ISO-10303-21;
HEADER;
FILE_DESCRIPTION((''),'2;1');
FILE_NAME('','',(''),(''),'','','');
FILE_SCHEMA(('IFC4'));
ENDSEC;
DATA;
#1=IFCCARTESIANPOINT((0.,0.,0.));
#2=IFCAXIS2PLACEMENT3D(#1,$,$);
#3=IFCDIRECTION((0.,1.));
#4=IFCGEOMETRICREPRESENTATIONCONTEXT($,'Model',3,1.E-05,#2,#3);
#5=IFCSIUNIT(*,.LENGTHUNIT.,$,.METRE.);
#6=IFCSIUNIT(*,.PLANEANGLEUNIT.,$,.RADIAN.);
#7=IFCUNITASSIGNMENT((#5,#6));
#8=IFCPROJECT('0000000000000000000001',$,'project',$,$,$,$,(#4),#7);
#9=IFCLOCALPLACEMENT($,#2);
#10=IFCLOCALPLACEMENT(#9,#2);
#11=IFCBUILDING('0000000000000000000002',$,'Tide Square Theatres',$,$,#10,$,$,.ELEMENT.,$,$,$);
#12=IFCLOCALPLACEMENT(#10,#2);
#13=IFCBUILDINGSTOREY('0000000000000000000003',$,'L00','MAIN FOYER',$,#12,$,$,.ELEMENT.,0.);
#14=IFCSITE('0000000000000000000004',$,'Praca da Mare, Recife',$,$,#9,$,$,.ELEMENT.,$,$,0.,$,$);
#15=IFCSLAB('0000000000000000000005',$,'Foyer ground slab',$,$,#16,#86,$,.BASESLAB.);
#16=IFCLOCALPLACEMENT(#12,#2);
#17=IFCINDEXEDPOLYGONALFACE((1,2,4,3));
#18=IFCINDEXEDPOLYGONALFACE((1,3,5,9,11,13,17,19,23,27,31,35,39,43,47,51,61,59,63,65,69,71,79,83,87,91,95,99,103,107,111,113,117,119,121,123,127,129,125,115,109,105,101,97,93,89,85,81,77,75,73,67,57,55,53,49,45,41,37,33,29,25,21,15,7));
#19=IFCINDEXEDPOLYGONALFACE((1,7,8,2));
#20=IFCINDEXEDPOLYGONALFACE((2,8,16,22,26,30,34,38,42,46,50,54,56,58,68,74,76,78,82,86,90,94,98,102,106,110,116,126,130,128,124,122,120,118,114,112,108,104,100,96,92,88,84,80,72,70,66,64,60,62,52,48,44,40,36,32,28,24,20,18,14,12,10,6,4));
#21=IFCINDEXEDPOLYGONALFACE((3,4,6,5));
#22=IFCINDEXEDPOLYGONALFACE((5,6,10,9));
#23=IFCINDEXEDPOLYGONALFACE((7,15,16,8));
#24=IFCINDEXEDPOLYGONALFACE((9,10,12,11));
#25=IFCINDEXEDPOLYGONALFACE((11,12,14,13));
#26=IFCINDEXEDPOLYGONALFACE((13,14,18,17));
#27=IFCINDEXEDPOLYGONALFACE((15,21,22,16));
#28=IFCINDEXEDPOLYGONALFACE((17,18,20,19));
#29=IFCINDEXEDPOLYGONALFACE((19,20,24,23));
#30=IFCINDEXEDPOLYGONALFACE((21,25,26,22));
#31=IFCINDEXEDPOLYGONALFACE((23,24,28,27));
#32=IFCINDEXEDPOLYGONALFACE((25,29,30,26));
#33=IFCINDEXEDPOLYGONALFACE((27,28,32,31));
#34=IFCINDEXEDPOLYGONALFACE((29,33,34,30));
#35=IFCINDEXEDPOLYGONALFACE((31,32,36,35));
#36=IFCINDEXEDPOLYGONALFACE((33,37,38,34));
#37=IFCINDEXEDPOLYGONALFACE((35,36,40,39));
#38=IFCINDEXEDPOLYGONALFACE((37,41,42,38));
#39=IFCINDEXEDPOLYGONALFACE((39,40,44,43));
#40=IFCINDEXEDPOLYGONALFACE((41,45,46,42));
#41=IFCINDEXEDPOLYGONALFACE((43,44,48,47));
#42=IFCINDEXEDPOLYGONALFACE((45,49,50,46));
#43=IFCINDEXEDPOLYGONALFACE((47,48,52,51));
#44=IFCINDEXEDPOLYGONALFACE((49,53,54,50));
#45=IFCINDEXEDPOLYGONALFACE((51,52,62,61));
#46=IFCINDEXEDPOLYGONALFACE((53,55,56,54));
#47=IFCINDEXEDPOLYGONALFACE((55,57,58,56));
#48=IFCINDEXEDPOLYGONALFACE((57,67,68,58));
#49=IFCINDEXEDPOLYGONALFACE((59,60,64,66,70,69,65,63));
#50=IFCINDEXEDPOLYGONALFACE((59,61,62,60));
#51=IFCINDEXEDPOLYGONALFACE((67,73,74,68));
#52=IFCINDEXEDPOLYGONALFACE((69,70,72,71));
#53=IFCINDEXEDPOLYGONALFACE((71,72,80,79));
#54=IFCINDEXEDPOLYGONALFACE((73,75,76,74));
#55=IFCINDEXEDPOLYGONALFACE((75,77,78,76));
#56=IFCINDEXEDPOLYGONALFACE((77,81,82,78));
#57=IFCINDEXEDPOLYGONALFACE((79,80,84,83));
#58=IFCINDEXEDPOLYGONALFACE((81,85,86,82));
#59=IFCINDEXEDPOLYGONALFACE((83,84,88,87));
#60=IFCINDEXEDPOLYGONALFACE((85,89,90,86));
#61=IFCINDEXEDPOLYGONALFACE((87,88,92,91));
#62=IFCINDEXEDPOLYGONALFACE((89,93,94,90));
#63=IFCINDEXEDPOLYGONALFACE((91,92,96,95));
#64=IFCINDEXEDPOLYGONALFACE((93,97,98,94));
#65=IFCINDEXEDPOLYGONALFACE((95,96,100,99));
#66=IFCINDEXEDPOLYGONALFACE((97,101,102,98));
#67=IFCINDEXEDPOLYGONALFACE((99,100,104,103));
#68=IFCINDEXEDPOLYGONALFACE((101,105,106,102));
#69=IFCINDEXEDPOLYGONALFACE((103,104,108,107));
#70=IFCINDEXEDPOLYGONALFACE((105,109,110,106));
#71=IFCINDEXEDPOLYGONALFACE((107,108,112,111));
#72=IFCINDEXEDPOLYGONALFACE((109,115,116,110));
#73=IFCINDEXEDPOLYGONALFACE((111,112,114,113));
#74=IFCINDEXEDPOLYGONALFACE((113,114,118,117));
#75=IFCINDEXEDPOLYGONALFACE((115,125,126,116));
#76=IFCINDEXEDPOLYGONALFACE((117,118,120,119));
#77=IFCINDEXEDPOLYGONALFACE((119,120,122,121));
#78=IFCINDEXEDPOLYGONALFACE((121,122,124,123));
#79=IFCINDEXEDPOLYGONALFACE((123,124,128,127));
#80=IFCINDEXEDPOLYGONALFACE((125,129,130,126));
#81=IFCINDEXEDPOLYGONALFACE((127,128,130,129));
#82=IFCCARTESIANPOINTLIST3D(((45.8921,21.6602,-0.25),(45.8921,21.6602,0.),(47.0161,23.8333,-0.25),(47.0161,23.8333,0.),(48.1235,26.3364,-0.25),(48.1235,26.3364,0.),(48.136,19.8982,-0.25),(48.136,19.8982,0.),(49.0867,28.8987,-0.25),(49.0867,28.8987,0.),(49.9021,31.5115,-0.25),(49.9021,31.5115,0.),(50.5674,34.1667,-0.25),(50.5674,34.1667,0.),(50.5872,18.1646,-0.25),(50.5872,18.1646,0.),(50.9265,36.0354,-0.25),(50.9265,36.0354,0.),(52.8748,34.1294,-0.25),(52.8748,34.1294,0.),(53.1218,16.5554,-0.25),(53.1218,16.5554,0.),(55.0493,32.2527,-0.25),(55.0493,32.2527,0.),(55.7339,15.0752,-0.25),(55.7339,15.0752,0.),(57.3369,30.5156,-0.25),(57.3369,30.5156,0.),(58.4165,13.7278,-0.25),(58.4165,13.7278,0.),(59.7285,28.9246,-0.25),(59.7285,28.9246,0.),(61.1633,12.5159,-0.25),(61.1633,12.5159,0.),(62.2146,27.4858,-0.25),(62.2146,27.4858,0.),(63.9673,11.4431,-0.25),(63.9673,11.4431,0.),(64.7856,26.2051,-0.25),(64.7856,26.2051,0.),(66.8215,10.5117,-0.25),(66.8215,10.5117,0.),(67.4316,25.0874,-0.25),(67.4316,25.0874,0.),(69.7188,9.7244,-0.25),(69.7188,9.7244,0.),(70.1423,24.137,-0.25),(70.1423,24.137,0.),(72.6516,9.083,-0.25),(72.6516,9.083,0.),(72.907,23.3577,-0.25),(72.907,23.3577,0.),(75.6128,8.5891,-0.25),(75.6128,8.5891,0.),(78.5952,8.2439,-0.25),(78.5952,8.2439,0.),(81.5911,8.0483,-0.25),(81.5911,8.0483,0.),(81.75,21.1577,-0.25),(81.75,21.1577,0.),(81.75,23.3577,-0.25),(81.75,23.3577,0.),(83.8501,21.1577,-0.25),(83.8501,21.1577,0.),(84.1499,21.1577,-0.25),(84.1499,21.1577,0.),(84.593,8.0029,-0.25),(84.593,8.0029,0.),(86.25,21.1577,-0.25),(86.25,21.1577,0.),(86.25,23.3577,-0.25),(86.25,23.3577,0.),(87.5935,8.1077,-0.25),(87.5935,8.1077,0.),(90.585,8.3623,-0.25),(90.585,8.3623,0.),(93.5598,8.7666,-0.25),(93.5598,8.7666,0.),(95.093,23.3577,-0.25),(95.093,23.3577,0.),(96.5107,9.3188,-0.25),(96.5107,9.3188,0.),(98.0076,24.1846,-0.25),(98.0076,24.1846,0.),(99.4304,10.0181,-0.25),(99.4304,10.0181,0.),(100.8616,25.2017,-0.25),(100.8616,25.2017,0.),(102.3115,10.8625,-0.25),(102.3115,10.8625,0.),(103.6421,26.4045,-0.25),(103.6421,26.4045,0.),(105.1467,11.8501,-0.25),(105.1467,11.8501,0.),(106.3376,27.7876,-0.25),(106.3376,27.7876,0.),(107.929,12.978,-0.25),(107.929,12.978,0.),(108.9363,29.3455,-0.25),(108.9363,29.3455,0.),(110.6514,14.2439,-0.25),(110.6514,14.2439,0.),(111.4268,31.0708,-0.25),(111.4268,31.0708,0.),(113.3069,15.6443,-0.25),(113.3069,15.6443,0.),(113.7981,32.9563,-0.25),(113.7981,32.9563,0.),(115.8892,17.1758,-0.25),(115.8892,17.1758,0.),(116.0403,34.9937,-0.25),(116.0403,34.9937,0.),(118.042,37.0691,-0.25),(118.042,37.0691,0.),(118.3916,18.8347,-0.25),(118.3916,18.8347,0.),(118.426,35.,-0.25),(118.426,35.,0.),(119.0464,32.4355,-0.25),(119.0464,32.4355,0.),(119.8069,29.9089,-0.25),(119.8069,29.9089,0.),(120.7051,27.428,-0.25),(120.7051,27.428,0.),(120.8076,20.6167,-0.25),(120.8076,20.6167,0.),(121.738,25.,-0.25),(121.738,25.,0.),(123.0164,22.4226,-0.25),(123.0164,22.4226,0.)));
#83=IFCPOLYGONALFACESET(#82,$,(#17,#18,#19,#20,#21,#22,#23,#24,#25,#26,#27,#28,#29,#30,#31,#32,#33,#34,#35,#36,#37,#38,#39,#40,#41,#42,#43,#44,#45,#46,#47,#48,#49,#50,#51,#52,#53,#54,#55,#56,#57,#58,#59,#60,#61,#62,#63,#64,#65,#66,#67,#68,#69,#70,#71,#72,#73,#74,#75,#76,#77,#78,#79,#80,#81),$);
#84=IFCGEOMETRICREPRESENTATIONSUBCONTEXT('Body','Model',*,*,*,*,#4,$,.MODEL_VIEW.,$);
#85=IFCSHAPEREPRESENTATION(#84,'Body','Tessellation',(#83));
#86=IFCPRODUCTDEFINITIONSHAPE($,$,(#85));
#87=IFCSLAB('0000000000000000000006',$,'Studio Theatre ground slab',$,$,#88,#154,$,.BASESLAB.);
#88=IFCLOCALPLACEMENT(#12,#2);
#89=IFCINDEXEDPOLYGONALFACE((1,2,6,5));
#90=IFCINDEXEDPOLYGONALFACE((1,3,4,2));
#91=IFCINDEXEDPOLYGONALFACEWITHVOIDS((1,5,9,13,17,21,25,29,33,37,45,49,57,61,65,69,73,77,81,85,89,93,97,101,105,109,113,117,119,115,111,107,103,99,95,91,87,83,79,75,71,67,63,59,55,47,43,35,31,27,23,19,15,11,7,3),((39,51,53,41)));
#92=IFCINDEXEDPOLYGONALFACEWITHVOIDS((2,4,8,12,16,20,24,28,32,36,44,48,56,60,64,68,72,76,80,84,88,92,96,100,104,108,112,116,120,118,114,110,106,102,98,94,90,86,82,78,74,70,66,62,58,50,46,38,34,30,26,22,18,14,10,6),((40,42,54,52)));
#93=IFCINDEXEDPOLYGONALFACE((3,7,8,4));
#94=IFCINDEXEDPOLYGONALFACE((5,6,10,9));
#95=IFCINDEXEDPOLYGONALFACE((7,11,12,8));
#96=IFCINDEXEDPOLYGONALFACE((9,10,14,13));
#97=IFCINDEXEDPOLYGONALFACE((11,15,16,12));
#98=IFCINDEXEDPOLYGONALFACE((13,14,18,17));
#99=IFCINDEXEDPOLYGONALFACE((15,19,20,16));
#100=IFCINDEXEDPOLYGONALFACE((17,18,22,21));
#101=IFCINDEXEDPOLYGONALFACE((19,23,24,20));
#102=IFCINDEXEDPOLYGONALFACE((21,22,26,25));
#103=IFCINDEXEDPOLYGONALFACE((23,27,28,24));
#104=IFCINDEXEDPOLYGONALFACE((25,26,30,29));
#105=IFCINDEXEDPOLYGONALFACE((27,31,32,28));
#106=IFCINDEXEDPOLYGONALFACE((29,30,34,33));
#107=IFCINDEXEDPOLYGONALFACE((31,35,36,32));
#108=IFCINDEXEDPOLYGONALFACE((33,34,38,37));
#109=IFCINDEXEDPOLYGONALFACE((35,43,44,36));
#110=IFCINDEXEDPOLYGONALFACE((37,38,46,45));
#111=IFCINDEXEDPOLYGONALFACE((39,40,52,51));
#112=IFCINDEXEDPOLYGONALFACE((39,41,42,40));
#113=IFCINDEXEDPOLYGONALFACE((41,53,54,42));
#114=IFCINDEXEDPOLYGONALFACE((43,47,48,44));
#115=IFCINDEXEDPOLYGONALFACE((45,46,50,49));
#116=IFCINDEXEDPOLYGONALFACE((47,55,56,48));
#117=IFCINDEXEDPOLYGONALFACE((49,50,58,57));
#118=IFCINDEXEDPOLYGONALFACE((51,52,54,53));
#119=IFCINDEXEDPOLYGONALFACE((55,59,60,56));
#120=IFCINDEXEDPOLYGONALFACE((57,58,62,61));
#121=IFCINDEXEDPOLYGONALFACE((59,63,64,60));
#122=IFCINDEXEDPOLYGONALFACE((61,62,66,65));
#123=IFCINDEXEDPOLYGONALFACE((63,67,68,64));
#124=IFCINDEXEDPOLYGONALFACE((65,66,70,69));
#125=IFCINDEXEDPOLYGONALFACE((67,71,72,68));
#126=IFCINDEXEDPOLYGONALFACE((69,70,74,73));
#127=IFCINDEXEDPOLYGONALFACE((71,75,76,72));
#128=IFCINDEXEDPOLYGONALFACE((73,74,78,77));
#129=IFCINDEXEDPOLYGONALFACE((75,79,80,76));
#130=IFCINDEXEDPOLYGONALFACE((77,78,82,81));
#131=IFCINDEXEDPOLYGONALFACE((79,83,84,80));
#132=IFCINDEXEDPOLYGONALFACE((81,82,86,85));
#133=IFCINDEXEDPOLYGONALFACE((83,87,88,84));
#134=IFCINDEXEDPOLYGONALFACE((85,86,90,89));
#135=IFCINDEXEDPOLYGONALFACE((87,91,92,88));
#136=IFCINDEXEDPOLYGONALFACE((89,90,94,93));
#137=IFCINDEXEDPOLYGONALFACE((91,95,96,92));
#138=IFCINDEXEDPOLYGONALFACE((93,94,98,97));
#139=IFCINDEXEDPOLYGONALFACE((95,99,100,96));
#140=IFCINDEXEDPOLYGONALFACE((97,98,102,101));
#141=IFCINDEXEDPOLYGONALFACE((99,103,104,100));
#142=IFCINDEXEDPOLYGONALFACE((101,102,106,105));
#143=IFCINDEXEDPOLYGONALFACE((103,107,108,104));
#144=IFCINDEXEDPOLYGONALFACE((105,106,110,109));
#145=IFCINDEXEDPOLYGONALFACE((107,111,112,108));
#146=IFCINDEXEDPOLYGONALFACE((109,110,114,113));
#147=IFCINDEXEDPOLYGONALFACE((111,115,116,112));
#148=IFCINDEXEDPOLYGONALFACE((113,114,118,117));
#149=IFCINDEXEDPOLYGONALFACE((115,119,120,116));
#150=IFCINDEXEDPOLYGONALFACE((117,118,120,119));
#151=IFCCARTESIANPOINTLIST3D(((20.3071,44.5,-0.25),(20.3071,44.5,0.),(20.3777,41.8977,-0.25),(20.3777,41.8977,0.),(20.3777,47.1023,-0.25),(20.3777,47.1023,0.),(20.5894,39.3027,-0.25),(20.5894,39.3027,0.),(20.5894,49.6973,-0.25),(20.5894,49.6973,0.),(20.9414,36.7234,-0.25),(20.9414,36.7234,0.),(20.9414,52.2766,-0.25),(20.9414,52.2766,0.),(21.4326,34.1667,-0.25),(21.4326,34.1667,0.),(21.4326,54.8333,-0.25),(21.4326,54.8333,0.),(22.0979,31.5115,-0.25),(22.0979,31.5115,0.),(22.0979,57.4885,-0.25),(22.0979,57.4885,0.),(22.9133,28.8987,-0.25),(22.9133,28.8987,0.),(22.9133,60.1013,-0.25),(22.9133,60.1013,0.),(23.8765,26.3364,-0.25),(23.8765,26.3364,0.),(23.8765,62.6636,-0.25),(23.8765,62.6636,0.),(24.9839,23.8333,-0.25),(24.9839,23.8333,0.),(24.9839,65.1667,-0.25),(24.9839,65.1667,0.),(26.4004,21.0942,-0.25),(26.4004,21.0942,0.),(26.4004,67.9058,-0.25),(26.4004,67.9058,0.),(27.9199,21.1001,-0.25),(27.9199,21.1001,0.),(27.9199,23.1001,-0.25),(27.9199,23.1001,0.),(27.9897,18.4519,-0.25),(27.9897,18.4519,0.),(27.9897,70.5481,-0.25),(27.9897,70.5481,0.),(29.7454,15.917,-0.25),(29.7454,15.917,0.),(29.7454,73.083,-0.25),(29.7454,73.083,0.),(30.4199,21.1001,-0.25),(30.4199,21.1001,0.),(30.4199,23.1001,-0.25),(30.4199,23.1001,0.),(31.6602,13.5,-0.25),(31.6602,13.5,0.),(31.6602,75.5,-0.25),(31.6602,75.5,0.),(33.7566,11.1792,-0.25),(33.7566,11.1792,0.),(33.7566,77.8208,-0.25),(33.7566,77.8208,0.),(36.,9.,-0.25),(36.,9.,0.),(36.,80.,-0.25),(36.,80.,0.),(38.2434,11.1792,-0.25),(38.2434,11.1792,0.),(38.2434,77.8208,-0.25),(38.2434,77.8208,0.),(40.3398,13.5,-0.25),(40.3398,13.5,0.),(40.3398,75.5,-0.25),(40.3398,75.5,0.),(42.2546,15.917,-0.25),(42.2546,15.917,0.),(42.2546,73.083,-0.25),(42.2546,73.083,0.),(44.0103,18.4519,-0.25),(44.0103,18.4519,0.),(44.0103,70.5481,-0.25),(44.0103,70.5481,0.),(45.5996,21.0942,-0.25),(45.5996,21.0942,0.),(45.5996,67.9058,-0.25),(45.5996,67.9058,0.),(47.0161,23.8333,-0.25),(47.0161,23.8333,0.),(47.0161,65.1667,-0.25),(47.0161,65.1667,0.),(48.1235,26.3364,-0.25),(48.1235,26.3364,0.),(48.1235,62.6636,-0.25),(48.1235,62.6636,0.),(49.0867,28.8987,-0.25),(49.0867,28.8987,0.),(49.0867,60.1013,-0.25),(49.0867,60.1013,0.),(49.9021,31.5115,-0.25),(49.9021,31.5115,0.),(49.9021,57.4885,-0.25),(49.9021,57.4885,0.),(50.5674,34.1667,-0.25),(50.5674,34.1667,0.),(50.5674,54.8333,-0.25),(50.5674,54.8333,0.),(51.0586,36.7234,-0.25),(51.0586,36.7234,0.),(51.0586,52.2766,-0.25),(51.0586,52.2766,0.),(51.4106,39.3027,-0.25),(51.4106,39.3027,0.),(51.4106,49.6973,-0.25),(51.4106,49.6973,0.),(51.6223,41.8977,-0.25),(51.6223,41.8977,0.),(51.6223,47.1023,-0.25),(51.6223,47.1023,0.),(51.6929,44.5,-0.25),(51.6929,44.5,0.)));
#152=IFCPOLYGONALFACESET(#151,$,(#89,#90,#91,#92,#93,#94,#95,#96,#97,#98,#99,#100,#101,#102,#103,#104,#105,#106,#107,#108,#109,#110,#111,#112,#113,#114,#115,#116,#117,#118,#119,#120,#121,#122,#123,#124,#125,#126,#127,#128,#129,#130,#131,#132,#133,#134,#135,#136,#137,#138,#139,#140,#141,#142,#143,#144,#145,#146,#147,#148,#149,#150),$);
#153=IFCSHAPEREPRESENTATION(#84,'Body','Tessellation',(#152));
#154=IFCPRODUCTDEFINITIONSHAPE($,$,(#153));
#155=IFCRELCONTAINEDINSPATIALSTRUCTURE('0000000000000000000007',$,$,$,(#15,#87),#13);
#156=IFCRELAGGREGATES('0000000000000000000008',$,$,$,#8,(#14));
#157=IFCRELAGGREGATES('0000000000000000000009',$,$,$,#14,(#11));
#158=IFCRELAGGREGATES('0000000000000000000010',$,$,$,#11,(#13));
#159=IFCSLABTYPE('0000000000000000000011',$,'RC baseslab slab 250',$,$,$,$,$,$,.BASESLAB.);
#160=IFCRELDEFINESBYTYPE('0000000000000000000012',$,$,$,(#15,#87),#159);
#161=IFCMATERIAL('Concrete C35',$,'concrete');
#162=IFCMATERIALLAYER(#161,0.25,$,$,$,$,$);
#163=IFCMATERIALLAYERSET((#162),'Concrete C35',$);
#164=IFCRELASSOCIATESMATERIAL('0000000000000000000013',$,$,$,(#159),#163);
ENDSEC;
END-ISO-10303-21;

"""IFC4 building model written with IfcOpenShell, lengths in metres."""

from ifc_helpers import new_model, si_unit, direction, frame, origin, place, context, subcontext, project, spatial, polyline, outline, extrude, material, layer, layer_set, type_object, element, save


model = new_model("IFC4")

# Units and contexts
model_context = context("Model", 3, precision=1e-05, world=origin(), true_north=direction((0.0, 1.0)))
body_context = subcontext(model_context, "Body", "Model", "MODEL_VIEW")
ifc_project = project(units=[si_unit("LENGTHUNIT", "METRE"), si_unit("PLANEANGLEUNIT", "RADIAN")], contexts=[model_context])

# Site, building, storey
site_placement = place(None, origin())
site = spatial("IfcSite", under=ifc_project, at=site_placement, Name="Praca da Mare, Recife", CompositionType="ELEMENT", RefElevation=0.0)
building_placement = place(site_placement, origin())
building = spatial("IfcBuilding", under=site, at=building_placement, Name="Tide Square Theatres", CompositionType="ELEMENT")
storey_placement = place(building_placement, origin())
storey = spatial("IfcBuildingStorey", under=building, at=storey_placement, Name="L00", Description="MAIN FOYER", CompositionType="ELEMENT", Elevation=0.0)

# Slabs
ifc_material_1 = material(Name="Concrete C35", Category="concrete")
ifc_layer_1 = layer(ifc_material_1, 0.25)
ifc_layer_set_1 = layer_set([ifc_layer_1], Name="Concrete C35")
slab_type_1 = type_object("IfcSlabType", Name="RC baseslab slab 250", PredefinedType="BASESLAB", material=ifc_layer_set_1)
slab_1_placement = place(storey_placement, frame((0.0, 0.0, -0.25)))
element("IfcSlab", 1, at=slab_1_placement, inside=storey, type_object=slab_type_1, Name="Foyer ground slab", PredefinedType="BASESLAB", context=body_context, shape_type="SweptSolid", body=[
    extrude(outline(polyline([(50.9265, 36.0354), (50.5674, 34.1667), (49.9021, 31.5115), (49.0867, 28.8987), (48.1235, 26.3364), (47.0161, 23.8333), (45.8921, 21.6602), (48.136, 19.8982), (50.5872, 18.1646), (53.1218, 16.5554), (55.7339, 15.0752), (58.4165, 13.7278), (61.1633, 12.5159), (63.9673, 11.4431), (66.8215, 10.5117), (69.7188, 9.7244), (72.6516, 9.083), (75.6128, 8.5891), (78.5952, 8.2439), (81.5911, 8.0483), (84.593, 8.0029), (87.5935, 8.1077), (90.585, 8.3623), (93.5598, 8.7666), (96.5107, 9.3188), (99.4304, 10.0181), (102.3115, 10.8625), (105.1467, 11.8501), (107.929, 12.978), (110.6514, 14.2439), (113.3069, 15.6443), (115.8892, 17.1758), (118.3916, 18.8347), (120.8076, 20.6167), (123.0164, 22.4226), (121.738, 25.0), (120.7051, 27.428), (119.8069, 29.9089), (119.0464, 32.4355), (118.426, 35.0), (118.042, 37.0691), (116.0403, 34.9937), (113.7981, 32.9563), (111.4268, 31.0708), (108.9363, 29.3455), (106.3376, 27.7876), (103.6421, 26.4045), (100.8616, 25.2017), (98.0076, 24.1846), (95.093, 23.3577), (86.25, 23.3577), (86.25, 21.1577), (84.1499, 21.1577), (83.8501, 21.1577), (81.75, 21.1577), (81.75, 23.3577), (72.907, 23.3577), (70.1423, 24.137), (67.4316, 25.0874), (64.7856, 26.2051), (62.2146, 27.4858), (59.7285, 28.9246), (57.3369, 30.5156), (55.0493, 32.2527), (52.8748, 34.1294), (50.9265, 36.0354)])), origin(), (0.0, 0.0, 1.0), 0.25),
])
slab_2_placement = place(storey_placement, frame((0.0, 0.0, -0.25)))
element("IfcSlab", 2, at=slab_2_placement, inside=storey, type_object=slab_type_1, Name="Studio Theatre ground slab", PredefinedType="BASESLAB", context=body_context, shape_type="SweptSolid", body=[
    extrude(outline(polyline([(36.0, 9.0), (38.2434, 11.1792), (40.3398, 13.5), (42.2546, 15.917), (44.0103, 18.4519), (45.5996, 21.0942), (47.0161, 23.8333), (48.1235, 26.3364), (49.0867, 28.8987), (49.9021, 31.5115), (50.5674, 34.1667), (51.0586, 36.7234), (51.4106, 39.3027), (51.6223, 41.8977), (51.6929, 44.5), (51.6223, 47.1023), (51.4106, 49.6973), (51.0586, 52.2766), (50.5674, 54.8333), (49.9021, 57.4885), (49.0867, 60.1013), (48.1235, 62.6636), (47.0161, 65.1667), (45.5996, 67.9058), (44.0103, 70.5481), (42.2546, 73.083), (40.3398, 75.5), (38.2434, 77.8208), (36.0, 80.0), (33.7566, 77.8208), (31.6602, 75.5), (29.7454, 73.083), (27.9897, 70.5481), (26.4004, 67.9058), (24.9839, 65.1667), (23.8765, 62.6636), (22.9133, 60.1013), (22.0979, 57.4885), (21.4326, 54.8333), (20.9414, 52.2766), (20.5894, 49.6973), (20.3777, 47.1023), (20.3071, 44.5), (20.3777, 41.8977), (20.5894, 39.3027), (20.9414, 36.7234), (21.4326, 34.1667), (22.0979, 31.5115), (22.9133, 28.8987), (23.8765, 26.3364), (24.9839, 23.8333), (26.4004, 21.0942), (27.9897, 18.4519), (29.7454, 15.917), (31.6602, 13.5), (33.7566, 11.1792), (36.0, 9.0)]), holes=[polyline([(30.4199, 21.1001), (30.4199, 23.1001), (27.9199, 23.1001), (27.9199, 21.1001), (30.4199, 21.1001)])]), origin(), (0.0, 0.0, 1.0), 0.25),
])

save(model, "model.ifc")
